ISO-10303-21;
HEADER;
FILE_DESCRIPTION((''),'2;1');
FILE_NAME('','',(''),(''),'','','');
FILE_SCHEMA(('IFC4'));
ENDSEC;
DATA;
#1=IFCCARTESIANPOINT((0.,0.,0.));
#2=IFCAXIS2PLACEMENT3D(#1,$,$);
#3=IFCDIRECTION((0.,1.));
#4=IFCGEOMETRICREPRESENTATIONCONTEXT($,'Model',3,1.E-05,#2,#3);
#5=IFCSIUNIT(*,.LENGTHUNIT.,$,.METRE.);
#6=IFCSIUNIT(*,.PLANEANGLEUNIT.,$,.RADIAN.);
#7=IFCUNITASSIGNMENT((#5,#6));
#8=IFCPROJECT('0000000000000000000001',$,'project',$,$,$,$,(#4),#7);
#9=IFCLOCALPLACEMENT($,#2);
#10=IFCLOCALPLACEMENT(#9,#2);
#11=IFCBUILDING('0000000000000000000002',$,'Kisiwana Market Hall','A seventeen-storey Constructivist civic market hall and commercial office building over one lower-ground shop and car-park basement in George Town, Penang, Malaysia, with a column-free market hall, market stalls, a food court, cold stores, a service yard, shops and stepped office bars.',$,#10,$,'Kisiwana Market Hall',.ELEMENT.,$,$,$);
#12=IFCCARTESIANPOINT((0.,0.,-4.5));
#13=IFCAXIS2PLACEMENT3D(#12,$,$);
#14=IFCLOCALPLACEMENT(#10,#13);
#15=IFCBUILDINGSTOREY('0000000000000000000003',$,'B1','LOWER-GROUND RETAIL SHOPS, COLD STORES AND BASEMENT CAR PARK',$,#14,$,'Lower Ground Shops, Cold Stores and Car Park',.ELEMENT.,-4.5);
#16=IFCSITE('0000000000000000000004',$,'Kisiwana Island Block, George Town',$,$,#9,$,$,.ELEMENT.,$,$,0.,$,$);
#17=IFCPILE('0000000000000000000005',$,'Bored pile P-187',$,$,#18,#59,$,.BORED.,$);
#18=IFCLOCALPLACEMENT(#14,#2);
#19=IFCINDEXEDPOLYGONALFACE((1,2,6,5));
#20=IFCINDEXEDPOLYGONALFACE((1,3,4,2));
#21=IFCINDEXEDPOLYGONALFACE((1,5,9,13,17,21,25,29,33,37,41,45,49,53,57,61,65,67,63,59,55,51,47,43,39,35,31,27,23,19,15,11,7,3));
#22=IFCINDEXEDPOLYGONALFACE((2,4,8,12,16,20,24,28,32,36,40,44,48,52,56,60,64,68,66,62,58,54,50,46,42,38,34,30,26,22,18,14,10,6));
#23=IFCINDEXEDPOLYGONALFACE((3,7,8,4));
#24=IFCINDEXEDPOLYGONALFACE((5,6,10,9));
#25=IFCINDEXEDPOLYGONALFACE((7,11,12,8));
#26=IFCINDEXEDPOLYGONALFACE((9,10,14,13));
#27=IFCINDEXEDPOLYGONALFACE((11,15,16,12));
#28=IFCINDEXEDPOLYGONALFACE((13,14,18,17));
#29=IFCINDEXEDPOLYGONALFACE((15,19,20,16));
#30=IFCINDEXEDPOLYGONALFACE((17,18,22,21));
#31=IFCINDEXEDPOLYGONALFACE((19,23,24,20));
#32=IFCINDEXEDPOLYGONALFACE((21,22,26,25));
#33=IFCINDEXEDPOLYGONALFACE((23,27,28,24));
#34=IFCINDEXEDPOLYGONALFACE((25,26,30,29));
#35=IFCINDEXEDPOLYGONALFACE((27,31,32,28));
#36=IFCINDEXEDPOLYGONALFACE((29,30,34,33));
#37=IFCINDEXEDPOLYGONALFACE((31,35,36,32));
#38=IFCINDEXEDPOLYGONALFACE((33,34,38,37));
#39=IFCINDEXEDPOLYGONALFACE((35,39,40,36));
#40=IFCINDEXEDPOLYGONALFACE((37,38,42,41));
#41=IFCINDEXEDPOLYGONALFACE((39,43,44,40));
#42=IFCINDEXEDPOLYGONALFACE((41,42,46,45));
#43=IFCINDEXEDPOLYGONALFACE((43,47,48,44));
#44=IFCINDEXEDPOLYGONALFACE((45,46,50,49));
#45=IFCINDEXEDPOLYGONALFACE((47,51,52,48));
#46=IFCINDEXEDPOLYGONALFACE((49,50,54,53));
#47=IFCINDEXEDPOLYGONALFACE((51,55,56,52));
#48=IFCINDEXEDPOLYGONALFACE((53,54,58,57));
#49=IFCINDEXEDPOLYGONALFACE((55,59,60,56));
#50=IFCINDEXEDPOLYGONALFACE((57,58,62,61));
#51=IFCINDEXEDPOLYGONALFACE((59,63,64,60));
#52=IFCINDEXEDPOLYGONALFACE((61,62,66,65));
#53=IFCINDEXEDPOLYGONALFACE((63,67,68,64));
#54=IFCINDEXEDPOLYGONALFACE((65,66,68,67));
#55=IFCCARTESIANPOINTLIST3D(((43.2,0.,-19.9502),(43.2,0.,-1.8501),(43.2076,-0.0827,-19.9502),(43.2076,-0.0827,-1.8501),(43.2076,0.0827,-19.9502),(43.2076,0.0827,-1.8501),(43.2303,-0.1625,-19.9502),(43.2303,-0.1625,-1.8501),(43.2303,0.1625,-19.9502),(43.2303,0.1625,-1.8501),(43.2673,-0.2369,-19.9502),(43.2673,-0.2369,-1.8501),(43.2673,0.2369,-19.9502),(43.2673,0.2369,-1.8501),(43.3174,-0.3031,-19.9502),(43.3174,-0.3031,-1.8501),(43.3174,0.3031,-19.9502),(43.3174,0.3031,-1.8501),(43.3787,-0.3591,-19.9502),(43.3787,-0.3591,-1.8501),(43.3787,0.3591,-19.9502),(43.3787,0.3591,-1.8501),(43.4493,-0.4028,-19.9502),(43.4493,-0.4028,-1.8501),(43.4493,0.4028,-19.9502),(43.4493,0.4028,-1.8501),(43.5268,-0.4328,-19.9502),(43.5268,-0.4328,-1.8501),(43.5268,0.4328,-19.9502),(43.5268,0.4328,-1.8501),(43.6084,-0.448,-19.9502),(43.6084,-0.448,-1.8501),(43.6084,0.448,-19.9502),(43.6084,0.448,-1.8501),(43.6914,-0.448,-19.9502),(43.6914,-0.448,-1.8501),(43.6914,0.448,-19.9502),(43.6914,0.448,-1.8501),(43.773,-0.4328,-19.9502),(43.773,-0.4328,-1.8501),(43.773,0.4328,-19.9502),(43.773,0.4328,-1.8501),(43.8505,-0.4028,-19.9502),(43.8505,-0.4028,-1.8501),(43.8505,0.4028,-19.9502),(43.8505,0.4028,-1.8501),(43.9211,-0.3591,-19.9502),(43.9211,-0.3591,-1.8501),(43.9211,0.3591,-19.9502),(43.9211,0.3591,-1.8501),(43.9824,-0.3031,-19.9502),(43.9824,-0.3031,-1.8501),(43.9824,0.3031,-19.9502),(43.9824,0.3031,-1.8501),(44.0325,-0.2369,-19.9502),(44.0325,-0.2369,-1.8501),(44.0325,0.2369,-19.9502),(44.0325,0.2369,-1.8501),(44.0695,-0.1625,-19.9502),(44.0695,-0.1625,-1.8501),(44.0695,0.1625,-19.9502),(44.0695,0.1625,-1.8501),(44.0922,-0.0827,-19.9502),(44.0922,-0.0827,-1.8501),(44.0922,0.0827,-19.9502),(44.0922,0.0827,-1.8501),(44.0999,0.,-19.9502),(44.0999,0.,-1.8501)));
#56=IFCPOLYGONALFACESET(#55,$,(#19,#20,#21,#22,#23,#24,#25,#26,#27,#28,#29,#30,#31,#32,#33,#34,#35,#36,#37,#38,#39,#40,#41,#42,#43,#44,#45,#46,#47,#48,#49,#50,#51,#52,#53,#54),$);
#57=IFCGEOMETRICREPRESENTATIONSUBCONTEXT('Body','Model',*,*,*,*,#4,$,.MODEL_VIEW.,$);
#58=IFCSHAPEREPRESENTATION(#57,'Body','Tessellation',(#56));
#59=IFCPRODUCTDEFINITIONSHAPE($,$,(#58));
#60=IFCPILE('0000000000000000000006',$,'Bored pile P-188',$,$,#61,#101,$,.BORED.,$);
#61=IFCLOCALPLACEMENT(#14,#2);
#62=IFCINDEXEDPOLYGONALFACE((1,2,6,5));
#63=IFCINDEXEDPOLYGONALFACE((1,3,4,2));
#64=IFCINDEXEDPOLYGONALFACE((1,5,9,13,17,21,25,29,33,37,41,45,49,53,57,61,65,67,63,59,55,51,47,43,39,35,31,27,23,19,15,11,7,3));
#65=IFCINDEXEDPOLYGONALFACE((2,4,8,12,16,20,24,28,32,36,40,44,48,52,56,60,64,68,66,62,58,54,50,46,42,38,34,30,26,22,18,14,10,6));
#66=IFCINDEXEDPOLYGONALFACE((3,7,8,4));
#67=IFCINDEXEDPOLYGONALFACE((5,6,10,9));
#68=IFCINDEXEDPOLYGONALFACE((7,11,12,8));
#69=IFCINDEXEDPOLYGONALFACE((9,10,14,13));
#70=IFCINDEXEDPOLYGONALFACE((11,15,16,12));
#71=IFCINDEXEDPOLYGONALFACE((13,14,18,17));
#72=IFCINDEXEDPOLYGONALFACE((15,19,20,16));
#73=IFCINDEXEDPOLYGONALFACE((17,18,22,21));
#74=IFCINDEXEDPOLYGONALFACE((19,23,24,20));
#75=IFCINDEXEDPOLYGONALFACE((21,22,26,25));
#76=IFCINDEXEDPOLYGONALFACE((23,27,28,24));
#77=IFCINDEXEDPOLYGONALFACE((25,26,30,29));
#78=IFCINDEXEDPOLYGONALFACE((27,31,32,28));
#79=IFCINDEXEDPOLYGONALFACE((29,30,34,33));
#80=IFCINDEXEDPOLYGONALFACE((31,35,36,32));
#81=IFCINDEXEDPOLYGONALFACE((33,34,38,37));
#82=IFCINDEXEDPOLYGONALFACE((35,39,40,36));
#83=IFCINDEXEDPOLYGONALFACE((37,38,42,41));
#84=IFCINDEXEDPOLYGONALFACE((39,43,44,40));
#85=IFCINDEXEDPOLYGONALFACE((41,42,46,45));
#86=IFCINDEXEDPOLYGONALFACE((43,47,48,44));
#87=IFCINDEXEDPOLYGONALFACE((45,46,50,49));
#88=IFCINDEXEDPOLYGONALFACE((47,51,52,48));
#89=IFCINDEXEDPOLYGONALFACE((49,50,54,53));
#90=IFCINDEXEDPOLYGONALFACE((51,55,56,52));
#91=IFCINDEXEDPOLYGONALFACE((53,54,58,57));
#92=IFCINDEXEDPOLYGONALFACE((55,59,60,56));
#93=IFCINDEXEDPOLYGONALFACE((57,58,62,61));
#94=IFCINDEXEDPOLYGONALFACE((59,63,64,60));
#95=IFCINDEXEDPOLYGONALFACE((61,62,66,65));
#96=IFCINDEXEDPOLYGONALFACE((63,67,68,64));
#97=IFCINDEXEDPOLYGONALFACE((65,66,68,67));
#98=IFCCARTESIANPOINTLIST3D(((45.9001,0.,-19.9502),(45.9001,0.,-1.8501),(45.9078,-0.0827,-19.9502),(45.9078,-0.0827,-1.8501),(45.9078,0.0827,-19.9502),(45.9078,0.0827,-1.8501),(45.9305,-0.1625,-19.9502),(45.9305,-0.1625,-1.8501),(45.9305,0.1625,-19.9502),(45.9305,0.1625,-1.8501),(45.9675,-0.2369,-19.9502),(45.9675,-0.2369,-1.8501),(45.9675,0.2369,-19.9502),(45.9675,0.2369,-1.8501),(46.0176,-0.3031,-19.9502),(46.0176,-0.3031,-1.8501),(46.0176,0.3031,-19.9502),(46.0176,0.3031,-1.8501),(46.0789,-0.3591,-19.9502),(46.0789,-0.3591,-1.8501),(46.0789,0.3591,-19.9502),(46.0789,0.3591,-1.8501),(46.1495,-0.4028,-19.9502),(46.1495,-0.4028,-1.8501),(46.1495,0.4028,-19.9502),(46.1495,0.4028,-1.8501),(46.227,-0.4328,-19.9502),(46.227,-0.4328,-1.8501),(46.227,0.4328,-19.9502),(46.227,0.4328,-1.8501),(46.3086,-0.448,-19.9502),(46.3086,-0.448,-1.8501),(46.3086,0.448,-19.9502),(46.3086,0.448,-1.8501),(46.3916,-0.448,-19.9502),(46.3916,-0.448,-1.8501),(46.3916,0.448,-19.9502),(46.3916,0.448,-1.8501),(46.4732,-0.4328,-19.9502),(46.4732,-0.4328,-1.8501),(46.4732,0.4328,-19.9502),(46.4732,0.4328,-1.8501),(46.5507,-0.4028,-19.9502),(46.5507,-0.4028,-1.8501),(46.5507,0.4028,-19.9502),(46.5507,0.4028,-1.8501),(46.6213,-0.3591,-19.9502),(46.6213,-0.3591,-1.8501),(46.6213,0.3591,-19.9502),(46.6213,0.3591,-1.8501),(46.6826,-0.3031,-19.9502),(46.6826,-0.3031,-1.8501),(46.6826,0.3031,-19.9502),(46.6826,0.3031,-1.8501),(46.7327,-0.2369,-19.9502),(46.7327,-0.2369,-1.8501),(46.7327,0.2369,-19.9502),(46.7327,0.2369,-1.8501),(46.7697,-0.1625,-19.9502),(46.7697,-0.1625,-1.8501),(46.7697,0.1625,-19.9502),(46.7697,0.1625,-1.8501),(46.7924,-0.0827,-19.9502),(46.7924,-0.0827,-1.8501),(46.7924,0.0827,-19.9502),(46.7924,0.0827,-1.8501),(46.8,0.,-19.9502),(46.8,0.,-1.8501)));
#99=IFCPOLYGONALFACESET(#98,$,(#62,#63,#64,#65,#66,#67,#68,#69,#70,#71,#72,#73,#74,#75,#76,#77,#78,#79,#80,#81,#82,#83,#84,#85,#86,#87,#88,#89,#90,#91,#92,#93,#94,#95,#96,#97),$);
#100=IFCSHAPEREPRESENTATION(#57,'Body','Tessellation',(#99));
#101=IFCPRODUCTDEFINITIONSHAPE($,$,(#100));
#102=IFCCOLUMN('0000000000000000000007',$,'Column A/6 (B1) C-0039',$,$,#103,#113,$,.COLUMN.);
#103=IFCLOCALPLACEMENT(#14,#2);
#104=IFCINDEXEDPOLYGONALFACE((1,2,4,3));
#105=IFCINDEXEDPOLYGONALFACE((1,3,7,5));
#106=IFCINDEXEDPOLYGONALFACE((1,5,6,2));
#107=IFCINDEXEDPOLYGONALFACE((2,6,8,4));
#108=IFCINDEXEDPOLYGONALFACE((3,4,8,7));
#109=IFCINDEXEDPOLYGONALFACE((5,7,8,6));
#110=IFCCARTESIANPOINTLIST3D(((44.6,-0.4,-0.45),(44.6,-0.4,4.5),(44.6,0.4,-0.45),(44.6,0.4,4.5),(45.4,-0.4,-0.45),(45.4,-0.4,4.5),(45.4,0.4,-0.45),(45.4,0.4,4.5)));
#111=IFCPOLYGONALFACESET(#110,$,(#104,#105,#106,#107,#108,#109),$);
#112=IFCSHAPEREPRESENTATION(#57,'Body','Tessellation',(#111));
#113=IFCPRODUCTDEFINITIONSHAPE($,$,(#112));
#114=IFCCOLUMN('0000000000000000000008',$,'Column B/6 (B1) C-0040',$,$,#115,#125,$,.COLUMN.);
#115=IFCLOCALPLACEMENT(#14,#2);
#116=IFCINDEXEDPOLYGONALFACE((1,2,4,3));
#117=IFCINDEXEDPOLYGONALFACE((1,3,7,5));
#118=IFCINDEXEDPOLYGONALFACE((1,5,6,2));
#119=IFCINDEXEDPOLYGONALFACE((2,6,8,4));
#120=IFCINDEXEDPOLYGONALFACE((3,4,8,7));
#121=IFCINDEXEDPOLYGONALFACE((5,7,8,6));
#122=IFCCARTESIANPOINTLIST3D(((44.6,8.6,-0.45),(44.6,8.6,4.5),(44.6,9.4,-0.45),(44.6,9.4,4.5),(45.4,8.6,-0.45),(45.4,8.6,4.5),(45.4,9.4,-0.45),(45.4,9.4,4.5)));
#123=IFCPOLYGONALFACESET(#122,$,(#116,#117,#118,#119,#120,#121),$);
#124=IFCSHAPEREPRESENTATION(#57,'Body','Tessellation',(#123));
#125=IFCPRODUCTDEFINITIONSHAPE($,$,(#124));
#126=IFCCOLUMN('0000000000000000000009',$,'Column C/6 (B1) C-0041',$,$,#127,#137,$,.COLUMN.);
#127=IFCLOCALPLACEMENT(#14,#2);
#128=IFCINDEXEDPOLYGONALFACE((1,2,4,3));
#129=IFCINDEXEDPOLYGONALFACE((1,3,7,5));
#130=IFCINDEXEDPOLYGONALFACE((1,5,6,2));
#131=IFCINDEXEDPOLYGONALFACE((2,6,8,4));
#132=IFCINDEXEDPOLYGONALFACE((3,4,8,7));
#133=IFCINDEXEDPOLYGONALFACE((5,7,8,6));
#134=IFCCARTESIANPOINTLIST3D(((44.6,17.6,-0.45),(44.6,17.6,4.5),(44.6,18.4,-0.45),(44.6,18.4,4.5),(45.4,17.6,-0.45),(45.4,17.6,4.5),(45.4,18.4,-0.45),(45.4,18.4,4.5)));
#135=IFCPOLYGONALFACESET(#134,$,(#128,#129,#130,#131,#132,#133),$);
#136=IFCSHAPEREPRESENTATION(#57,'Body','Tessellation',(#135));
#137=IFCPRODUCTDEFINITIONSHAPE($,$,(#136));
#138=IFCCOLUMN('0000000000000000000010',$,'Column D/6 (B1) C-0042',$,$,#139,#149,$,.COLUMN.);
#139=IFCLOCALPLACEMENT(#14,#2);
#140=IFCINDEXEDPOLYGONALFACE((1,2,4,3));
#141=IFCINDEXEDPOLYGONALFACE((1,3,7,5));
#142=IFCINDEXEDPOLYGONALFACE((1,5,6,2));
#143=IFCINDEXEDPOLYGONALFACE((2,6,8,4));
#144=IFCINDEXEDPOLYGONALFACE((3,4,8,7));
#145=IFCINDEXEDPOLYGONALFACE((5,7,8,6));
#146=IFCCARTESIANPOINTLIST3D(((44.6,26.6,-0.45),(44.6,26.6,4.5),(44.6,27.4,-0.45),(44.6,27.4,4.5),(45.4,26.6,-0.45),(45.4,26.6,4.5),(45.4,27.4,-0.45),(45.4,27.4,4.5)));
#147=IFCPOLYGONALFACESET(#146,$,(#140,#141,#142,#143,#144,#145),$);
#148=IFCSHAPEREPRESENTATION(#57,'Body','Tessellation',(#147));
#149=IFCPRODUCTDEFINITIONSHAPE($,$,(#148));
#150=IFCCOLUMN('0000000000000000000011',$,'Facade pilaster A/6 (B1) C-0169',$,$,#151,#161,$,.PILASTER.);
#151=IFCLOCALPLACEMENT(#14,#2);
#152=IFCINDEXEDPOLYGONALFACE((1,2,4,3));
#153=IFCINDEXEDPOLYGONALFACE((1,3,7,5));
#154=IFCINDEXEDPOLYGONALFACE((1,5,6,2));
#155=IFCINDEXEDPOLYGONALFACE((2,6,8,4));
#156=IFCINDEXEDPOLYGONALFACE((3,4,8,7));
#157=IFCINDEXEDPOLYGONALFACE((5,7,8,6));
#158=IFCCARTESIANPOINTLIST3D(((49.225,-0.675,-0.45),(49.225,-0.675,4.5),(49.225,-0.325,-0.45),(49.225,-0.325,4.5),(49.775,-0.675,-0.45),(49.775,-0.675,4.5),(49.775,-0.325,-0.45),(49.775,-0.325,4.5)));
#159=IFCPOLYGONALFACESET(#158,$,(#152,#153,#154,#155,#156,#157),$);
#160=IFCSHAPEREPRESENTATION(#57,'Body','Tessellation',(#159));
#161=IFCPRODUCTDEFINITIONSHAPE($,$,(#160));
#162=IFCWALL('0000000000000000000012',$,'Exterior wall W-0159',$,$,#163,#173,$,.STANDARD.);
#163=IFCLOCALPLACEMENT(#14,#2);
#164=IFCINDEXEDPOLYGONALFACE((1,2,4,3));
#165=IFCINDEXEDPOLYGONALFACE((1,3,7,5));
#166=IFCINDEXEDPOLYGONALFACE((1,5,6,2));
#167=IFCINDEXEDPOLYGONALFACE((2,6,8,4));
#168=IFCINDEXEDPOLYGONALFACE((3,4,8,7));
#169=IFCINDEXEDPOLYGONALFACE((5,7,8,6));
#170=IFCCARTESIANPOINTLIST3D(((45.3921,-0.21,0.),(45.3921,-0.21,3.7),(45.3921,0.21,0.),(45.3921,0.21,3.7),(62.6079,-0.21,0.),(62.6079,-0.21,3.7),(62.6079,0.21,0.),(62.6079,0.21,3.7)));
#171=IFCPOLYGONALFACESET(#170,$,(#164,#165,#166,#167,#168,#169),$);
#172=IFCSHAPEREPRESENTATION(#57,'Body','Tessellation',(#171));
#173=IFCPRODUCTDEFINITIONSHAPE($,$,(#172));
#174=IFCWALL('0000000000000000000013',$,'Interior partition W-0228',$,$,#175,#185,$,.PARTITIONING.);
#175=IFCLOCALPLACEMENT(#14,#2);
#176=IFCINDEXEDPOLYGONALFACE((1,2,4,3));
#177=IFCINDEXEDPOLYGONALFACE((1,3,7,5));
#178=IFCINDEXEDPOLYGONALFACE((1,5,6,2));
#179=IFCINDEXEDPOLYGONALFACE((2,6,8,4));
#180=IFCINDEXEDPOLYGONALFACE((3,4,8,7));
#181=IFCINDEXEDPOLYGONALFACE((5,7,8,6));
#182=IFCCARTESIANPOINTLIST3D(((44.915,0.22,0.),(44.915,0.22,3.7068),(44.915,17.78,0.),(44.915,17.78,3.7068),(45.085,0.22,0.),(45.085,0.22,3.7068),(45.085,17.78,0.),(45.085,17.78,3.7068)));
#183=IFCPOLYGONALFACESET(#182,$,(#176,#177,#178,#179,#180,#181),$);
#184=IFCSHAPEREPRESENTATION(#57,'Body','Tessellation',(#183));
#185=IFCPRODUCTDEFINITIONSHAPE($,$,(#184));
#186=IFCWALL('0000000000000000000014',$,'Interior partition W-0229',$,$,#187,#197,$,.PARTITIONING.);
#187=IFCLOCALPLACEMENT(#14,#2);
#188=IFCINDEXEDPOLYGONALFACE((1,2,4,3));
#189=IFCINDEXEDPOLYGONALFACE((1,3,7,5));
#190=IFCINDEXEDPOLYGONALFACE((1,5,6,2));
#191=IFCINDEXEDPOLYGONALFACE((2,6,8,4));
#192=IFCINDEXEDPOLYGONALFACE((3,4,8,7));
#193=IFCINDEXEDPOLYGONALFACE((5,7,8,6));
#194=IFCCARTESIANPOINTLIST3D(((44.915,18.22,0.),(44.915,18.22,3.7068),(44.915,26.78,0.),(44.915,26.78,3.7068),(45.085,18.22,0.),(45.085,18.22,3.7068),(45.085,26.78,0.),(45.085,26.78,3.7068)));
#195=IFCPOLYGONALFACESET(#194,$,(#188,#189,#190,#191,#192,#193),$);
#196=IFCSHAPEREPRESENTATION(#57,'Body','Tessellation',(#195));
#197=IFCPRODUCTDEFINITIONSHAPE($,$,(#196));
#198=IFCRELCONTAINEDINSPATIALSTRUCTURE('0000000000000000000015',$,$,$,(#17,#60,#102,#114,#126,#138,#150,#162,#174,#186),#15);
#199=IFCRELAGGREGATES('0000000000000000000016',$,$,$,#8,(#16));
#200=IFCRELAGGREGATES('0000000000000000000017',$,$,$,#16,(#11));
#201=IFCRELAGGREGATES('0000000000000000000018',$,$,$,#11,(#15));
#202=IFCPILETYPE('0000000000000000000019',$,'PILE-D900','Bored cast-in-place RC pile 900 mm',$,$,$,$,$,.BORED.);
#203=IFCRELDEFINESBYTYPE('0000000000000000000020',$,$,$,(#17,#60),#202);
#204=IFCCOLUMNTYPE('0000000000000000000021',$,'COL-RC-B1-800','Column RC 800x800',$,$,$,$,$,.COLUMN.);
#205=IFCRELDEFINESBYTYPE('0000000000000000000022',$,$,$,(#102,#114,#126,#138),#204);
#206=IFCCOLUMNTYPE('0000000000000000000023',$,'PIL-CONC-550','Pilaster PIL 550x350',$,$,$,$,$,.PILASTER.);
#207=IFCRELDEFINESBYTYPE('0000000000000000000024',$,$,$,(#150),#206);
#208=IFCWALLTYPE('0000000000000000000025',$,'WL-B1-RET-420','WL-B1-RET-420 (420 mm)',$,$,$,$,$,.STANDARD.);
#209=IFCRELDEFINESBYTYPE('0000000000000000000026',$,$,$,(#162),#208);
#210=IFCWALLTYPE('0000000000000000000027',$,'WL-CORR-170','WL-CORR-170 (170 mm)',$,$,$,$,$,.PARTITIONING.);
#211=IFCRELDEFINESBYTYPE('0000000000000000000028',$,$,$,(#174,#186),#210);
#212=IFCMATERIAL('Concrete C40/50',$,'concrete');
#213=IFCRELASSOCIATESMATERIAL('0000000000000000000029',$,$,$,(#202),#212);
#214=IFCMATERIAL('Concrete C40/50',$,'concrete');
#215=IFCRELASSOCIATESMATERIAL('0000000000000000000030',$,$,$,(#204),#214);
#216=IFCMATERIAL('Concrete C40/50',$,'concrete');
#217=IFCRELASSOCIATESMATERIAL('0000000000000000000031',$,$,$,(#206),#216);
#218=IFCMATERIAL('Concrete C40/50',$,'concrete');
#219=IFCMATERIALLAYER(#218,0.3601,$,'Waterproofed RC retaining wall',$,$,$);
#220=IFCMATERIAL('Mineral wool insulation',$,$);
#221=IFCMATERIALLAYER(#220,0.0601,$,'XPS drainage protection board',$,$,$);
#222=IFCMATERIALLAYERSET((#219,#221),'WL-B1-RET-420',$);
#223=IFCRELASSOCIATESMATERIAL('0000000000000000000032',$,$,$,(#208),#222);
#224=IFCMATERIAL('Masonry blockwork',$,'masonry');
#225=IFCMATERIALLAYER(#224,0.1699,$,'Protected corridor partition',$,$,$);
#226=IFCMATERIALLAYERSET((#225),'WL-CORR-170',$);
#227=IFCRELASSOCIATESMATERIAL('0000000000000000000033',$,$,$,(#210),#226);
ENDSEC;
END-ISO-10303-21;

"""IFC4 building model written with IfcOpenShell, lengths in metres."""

from ifc_helpers import new_model, si_unit, direction, frame, frame_2d, origin, origin_2d, place, context, subcontext, project, spatial, rectangle, circle, extrude, material, layer, layer_set, material_profile, profile_set, type_object, element, save


model = new_model("IFC4")

# Units and contexts
model_context = context("Model", 3, precision=1e-05, world=origin(), true_north=direction((0.0, 1.0)))
body_context = subcontext(model_context, "Body", "Model", "MODEL_VIEW")
ifc_project = project(units=[si_unit("LENGTHUNIT", "METRE"), si_unit("PLANEANGLEUNIT", "RADIAN")], contexts=[model_context])

# Site, building, storey
site_placement = place(None, origin())
site = spatial("IfcSite", under=ifc_project, at=site_placement, Name="Kisiwana Island Block, George Town", CompositionType="ELEMENT", RefElevation=0.0)
building_placement = place(site_placement, origin())
building = spatial("IfcBuilding", under=site, at=building_placement, Name="Kisiwana Market Hall", Description="A seventeen-storey Constructivist civic market hall and commercial office building over one lower-ground shop and car-park basement in George Town, Penang, Malaysia, with a column-free market hall, market stalls, a food court, cold stores, a service yard, shops and stepped office bars.", LongName="Kisiwana Market Hall", CompositionType="ELEMENT")
storey_placement = place(building_placement, frame((0.0, 0.0, -4.5)))
storey = spatial("IfcBuildingStorey", under=building, at=storey_placement, Name="B1", Description="LOWER-GROUND RETAIL SHOPS, COLD STORES AND BASEMENT CAR PARK", LongName="Lower Ground Shops, Cold Stores and Car Park", CompositionType="ELEMENT", Elevation=-4.5)

# Piles
ifc_material_1 = material(Name="Concrete C40/50", Category="concrete")
ifc_material_profile_1 = material_profile(ifc_material_1, circle(Radius=0.45, at=origin_2d()), Name="BP D900")
ifc_profile_set_1 = profile_set([ifc_material_profile_1], Name="Concrete C40/50")
pile_type_1 = type_object("IfcPileType", Name="PILE-D900", Description="Bored cast-in-place RC pile 900 mm", PredefinedType="BORED", material=ifc_profile_set_1)
for number, where, z_axis, x_axis, name in (
    (1, (43.6499, 0.0, -1.8501), (0.0, 0.0, -1.0), (1.0, 0.0, 0.0), "Bored pile P-187"),
    (2, (46.3501, 0.0, -1.8501), (0.0, 0.0, -1.0), (1.0, 0.0, 0.0), "Bored pile P-188"),
):
    element("IfcPile", number, at=place(storey_placement, frame(where, z_axis=z_axis, x_axis=x_axis)), inside=storey, type_object=pile_type_1, Name=name, PredefinedType="BORED", context=body_context, shape_type="SweptSolid", body=[
        extrude(circle(Radius=0.45, at=origin_2d()), origin(), (0.0, 0.0, 1.0), 18.1001),
    ])

# Columns
ifc_material_2 = material(Name="Concrete C40/50", Category="concrete")
ifc_material_profile_2 = material_profile(ifc_material_2, rectangle(XDim=0.8, YDim=0.8, at=origin_2d()), Name="RC 800x800")
ifc_profile_set_2 = profile_set([ifc_material_profile_2], Name="Concrete C40/50")
column_type_1 = type_object("IfcColumnType", Name="COL-RC-B1-800", Description="Column RC 800x800", PredefinedType="COLUMN", material=ifc_profile_set_2)
for number, where, z_axis, x_axis, name in (
    (3, (45.0, 0.0, -0.45), (0.0, 0.0, 1.0), (1.0, 0.0, 0.0), "Column A/6 (B1) C-0039"),
    (4, (45.0, 9.0, -0.45), (0.0, 0.0, 1.0), (1.0, 0.0, 0.0), "Column B/6 (B1) C-0040"),
    (5, (45.0, 18.0, -0.45), (0.0, 0.0, 1.0), (1.0, 0.0, 0.0), "Column C/6 (B1) C-0041"),
    (6, (45.0, 27.0, -0.45), (0.0, 0.0, 1.0), (1.0, 0.0, 0.0), "Column D/6 (B1) C-0042"),
):
    element("IfcColumn", number, at=place(storey_placement, frame(where, z_axis=z_axis, x_axis=x_axis)), inside=storey, type_object=column_type_1, Name=name, PredefinedType="COLUMN", context=body_context, shape_type="SweptSolid", body=[
        extrude(rectangle(XDim=0.8, YDim=0.8, at=origin_2d()), origin(), (0.0, 0.0, 1.0), 4.95),
    ])
ifc_material_3 = material(Name="Concrete C40/50", Category="concrete")
ifc_material_profile_3 = material_profile(ifc_material_3, rectangle(XDim=0.55, YDim=0.3501, at=origin_2d()), Name="PIL 550x350")
ifc_profile_set_3 = profile_set([ifc_material_profile_3], Name="Concrete C40/50")
column_type_2 = type_object("IfcColumnType", Name="PIL-CONC-550", Description="Pilaster PIL 550x350", PredefinedType="PILASTER", material=ifc_profile_set_3)
column_placement = place(storey_placement, frame((49.5, -0.5, -0.45), z_axis=(0.0, 0.0, 1.0), x_axis=(1.0, 0.0, 0.0)))
element("IfcColumn", 7, at=column_placement, inside=storey, type_object=column_type_2, Name="Facade pilaster A/6 (B1) C-0169", PredefinedType="PILASTER", context=body_context, shape_type="SweptSolid", body=[
    extrude(rectangle(XDim=0.55, YDim=0.3501, at=origin_2d()), origin(), (0.0, 0.0, 1.0), 4.95),
])

# Walls
ifc_material_4 = material(Name="Concrete C40/50", Category="concrete")
ifc_layer_1 = layer(ifc_material_4, 0.3601, Name="Waterproofed RC retaining wall")
ifc_material_5 = material(Name="Mineral wool insulation")
ifc_layer_2 = layer(ifc_material_5, 0.0601, Name="XPS drainage protection board")
ifc_layer_set_1 = layer_set([ifc_layer_1, ifc_layer_2], Name="WL-B1-RET-420")
wall_type_1 = type_object("IfcWallType", Name="WL-B1-RET-420", Description="WL-B1-RET-420 (420 mm)", PredefinedType="STANDARD", material=ifc_layer_set_1)
wall_1_placement = place(storey_placement, frame((45.3921, 0.0, 0.0), z_axis=(0.0, 0.0, 1.0), x_axis=(1.0, 0.0, 0.0)))
element("IfcWall", 8, at=wall_1_placement, inside=storey, type_object=wall_type_1, Name="Exterior wall W-0159", PredefinedType="STANDARD", context=body_context, shape_type="SweptSolid", body=[
    extrude(rectangle(XDim=17.2158, YDim=0.4199, at=frame_2d((8.6079, 0.0))), origin(), (0.0, 0.0, 1.0), 3.7),
])
ifc_material_6 = material(Name="Masonry blockwork", Category="masonry")
ifc_layer_3 = layer(ifc_material_6, 0.1699, Name="Protected corridor partition")
ifc_layer_set_2 = layer_set([ifc_layer_3], Name="WL-CORR-170")
wall_type_2 = type_object("IfcWallType", Name="WL-CORR-170", Description="WL-CORR-170 (170 mm)", PredefinedType="PARTITIONING", material=ifc_layer_set_2)
wall_2_placement = place(storey_placement, frame((45.0, 0.22, 0.0), z_axis=(0.0, 0.0, 1.0), x_axis=(0.0, 1.0, 0.0)))
element("IfcWall", 9, at=wall_2_placement, inside=storey, type_object=wall_type_2, Name="Interior partition W-0228", PredefinedType="PARTITIONING", context=body_context, shape_type="SweptSolid", body=[
    extrude(rectangle(XDim=17.5601, YDim=0.1699, at=frame_2d((8.78, 0.0))), origin(), (0.0, 0.0, 1.0), 3.7068),
])
wall_3_placement = place(storey_placement, frame((45.0, 18.22, 0.0), z_axis=(0.0, 0.0, 1.0), x_axis=(0.0, 1.0, 0.0)))
element("IfcWall", 10, at=wall_3_placement, inside=storey, type_object=wall_type_2, Name="Interior partition W-0229", PredefinedType="PARTITIONING", context=body_context, shape_type="SweptSolid", body=[
    extrude(rectangle(XDim=8.5601, YDim=0.1699, at=frame_2d((4.28, 0.0))), origin(), (0.0, 0.0, 1.0), 3.7068),
])

save(model, "model.ifc")
